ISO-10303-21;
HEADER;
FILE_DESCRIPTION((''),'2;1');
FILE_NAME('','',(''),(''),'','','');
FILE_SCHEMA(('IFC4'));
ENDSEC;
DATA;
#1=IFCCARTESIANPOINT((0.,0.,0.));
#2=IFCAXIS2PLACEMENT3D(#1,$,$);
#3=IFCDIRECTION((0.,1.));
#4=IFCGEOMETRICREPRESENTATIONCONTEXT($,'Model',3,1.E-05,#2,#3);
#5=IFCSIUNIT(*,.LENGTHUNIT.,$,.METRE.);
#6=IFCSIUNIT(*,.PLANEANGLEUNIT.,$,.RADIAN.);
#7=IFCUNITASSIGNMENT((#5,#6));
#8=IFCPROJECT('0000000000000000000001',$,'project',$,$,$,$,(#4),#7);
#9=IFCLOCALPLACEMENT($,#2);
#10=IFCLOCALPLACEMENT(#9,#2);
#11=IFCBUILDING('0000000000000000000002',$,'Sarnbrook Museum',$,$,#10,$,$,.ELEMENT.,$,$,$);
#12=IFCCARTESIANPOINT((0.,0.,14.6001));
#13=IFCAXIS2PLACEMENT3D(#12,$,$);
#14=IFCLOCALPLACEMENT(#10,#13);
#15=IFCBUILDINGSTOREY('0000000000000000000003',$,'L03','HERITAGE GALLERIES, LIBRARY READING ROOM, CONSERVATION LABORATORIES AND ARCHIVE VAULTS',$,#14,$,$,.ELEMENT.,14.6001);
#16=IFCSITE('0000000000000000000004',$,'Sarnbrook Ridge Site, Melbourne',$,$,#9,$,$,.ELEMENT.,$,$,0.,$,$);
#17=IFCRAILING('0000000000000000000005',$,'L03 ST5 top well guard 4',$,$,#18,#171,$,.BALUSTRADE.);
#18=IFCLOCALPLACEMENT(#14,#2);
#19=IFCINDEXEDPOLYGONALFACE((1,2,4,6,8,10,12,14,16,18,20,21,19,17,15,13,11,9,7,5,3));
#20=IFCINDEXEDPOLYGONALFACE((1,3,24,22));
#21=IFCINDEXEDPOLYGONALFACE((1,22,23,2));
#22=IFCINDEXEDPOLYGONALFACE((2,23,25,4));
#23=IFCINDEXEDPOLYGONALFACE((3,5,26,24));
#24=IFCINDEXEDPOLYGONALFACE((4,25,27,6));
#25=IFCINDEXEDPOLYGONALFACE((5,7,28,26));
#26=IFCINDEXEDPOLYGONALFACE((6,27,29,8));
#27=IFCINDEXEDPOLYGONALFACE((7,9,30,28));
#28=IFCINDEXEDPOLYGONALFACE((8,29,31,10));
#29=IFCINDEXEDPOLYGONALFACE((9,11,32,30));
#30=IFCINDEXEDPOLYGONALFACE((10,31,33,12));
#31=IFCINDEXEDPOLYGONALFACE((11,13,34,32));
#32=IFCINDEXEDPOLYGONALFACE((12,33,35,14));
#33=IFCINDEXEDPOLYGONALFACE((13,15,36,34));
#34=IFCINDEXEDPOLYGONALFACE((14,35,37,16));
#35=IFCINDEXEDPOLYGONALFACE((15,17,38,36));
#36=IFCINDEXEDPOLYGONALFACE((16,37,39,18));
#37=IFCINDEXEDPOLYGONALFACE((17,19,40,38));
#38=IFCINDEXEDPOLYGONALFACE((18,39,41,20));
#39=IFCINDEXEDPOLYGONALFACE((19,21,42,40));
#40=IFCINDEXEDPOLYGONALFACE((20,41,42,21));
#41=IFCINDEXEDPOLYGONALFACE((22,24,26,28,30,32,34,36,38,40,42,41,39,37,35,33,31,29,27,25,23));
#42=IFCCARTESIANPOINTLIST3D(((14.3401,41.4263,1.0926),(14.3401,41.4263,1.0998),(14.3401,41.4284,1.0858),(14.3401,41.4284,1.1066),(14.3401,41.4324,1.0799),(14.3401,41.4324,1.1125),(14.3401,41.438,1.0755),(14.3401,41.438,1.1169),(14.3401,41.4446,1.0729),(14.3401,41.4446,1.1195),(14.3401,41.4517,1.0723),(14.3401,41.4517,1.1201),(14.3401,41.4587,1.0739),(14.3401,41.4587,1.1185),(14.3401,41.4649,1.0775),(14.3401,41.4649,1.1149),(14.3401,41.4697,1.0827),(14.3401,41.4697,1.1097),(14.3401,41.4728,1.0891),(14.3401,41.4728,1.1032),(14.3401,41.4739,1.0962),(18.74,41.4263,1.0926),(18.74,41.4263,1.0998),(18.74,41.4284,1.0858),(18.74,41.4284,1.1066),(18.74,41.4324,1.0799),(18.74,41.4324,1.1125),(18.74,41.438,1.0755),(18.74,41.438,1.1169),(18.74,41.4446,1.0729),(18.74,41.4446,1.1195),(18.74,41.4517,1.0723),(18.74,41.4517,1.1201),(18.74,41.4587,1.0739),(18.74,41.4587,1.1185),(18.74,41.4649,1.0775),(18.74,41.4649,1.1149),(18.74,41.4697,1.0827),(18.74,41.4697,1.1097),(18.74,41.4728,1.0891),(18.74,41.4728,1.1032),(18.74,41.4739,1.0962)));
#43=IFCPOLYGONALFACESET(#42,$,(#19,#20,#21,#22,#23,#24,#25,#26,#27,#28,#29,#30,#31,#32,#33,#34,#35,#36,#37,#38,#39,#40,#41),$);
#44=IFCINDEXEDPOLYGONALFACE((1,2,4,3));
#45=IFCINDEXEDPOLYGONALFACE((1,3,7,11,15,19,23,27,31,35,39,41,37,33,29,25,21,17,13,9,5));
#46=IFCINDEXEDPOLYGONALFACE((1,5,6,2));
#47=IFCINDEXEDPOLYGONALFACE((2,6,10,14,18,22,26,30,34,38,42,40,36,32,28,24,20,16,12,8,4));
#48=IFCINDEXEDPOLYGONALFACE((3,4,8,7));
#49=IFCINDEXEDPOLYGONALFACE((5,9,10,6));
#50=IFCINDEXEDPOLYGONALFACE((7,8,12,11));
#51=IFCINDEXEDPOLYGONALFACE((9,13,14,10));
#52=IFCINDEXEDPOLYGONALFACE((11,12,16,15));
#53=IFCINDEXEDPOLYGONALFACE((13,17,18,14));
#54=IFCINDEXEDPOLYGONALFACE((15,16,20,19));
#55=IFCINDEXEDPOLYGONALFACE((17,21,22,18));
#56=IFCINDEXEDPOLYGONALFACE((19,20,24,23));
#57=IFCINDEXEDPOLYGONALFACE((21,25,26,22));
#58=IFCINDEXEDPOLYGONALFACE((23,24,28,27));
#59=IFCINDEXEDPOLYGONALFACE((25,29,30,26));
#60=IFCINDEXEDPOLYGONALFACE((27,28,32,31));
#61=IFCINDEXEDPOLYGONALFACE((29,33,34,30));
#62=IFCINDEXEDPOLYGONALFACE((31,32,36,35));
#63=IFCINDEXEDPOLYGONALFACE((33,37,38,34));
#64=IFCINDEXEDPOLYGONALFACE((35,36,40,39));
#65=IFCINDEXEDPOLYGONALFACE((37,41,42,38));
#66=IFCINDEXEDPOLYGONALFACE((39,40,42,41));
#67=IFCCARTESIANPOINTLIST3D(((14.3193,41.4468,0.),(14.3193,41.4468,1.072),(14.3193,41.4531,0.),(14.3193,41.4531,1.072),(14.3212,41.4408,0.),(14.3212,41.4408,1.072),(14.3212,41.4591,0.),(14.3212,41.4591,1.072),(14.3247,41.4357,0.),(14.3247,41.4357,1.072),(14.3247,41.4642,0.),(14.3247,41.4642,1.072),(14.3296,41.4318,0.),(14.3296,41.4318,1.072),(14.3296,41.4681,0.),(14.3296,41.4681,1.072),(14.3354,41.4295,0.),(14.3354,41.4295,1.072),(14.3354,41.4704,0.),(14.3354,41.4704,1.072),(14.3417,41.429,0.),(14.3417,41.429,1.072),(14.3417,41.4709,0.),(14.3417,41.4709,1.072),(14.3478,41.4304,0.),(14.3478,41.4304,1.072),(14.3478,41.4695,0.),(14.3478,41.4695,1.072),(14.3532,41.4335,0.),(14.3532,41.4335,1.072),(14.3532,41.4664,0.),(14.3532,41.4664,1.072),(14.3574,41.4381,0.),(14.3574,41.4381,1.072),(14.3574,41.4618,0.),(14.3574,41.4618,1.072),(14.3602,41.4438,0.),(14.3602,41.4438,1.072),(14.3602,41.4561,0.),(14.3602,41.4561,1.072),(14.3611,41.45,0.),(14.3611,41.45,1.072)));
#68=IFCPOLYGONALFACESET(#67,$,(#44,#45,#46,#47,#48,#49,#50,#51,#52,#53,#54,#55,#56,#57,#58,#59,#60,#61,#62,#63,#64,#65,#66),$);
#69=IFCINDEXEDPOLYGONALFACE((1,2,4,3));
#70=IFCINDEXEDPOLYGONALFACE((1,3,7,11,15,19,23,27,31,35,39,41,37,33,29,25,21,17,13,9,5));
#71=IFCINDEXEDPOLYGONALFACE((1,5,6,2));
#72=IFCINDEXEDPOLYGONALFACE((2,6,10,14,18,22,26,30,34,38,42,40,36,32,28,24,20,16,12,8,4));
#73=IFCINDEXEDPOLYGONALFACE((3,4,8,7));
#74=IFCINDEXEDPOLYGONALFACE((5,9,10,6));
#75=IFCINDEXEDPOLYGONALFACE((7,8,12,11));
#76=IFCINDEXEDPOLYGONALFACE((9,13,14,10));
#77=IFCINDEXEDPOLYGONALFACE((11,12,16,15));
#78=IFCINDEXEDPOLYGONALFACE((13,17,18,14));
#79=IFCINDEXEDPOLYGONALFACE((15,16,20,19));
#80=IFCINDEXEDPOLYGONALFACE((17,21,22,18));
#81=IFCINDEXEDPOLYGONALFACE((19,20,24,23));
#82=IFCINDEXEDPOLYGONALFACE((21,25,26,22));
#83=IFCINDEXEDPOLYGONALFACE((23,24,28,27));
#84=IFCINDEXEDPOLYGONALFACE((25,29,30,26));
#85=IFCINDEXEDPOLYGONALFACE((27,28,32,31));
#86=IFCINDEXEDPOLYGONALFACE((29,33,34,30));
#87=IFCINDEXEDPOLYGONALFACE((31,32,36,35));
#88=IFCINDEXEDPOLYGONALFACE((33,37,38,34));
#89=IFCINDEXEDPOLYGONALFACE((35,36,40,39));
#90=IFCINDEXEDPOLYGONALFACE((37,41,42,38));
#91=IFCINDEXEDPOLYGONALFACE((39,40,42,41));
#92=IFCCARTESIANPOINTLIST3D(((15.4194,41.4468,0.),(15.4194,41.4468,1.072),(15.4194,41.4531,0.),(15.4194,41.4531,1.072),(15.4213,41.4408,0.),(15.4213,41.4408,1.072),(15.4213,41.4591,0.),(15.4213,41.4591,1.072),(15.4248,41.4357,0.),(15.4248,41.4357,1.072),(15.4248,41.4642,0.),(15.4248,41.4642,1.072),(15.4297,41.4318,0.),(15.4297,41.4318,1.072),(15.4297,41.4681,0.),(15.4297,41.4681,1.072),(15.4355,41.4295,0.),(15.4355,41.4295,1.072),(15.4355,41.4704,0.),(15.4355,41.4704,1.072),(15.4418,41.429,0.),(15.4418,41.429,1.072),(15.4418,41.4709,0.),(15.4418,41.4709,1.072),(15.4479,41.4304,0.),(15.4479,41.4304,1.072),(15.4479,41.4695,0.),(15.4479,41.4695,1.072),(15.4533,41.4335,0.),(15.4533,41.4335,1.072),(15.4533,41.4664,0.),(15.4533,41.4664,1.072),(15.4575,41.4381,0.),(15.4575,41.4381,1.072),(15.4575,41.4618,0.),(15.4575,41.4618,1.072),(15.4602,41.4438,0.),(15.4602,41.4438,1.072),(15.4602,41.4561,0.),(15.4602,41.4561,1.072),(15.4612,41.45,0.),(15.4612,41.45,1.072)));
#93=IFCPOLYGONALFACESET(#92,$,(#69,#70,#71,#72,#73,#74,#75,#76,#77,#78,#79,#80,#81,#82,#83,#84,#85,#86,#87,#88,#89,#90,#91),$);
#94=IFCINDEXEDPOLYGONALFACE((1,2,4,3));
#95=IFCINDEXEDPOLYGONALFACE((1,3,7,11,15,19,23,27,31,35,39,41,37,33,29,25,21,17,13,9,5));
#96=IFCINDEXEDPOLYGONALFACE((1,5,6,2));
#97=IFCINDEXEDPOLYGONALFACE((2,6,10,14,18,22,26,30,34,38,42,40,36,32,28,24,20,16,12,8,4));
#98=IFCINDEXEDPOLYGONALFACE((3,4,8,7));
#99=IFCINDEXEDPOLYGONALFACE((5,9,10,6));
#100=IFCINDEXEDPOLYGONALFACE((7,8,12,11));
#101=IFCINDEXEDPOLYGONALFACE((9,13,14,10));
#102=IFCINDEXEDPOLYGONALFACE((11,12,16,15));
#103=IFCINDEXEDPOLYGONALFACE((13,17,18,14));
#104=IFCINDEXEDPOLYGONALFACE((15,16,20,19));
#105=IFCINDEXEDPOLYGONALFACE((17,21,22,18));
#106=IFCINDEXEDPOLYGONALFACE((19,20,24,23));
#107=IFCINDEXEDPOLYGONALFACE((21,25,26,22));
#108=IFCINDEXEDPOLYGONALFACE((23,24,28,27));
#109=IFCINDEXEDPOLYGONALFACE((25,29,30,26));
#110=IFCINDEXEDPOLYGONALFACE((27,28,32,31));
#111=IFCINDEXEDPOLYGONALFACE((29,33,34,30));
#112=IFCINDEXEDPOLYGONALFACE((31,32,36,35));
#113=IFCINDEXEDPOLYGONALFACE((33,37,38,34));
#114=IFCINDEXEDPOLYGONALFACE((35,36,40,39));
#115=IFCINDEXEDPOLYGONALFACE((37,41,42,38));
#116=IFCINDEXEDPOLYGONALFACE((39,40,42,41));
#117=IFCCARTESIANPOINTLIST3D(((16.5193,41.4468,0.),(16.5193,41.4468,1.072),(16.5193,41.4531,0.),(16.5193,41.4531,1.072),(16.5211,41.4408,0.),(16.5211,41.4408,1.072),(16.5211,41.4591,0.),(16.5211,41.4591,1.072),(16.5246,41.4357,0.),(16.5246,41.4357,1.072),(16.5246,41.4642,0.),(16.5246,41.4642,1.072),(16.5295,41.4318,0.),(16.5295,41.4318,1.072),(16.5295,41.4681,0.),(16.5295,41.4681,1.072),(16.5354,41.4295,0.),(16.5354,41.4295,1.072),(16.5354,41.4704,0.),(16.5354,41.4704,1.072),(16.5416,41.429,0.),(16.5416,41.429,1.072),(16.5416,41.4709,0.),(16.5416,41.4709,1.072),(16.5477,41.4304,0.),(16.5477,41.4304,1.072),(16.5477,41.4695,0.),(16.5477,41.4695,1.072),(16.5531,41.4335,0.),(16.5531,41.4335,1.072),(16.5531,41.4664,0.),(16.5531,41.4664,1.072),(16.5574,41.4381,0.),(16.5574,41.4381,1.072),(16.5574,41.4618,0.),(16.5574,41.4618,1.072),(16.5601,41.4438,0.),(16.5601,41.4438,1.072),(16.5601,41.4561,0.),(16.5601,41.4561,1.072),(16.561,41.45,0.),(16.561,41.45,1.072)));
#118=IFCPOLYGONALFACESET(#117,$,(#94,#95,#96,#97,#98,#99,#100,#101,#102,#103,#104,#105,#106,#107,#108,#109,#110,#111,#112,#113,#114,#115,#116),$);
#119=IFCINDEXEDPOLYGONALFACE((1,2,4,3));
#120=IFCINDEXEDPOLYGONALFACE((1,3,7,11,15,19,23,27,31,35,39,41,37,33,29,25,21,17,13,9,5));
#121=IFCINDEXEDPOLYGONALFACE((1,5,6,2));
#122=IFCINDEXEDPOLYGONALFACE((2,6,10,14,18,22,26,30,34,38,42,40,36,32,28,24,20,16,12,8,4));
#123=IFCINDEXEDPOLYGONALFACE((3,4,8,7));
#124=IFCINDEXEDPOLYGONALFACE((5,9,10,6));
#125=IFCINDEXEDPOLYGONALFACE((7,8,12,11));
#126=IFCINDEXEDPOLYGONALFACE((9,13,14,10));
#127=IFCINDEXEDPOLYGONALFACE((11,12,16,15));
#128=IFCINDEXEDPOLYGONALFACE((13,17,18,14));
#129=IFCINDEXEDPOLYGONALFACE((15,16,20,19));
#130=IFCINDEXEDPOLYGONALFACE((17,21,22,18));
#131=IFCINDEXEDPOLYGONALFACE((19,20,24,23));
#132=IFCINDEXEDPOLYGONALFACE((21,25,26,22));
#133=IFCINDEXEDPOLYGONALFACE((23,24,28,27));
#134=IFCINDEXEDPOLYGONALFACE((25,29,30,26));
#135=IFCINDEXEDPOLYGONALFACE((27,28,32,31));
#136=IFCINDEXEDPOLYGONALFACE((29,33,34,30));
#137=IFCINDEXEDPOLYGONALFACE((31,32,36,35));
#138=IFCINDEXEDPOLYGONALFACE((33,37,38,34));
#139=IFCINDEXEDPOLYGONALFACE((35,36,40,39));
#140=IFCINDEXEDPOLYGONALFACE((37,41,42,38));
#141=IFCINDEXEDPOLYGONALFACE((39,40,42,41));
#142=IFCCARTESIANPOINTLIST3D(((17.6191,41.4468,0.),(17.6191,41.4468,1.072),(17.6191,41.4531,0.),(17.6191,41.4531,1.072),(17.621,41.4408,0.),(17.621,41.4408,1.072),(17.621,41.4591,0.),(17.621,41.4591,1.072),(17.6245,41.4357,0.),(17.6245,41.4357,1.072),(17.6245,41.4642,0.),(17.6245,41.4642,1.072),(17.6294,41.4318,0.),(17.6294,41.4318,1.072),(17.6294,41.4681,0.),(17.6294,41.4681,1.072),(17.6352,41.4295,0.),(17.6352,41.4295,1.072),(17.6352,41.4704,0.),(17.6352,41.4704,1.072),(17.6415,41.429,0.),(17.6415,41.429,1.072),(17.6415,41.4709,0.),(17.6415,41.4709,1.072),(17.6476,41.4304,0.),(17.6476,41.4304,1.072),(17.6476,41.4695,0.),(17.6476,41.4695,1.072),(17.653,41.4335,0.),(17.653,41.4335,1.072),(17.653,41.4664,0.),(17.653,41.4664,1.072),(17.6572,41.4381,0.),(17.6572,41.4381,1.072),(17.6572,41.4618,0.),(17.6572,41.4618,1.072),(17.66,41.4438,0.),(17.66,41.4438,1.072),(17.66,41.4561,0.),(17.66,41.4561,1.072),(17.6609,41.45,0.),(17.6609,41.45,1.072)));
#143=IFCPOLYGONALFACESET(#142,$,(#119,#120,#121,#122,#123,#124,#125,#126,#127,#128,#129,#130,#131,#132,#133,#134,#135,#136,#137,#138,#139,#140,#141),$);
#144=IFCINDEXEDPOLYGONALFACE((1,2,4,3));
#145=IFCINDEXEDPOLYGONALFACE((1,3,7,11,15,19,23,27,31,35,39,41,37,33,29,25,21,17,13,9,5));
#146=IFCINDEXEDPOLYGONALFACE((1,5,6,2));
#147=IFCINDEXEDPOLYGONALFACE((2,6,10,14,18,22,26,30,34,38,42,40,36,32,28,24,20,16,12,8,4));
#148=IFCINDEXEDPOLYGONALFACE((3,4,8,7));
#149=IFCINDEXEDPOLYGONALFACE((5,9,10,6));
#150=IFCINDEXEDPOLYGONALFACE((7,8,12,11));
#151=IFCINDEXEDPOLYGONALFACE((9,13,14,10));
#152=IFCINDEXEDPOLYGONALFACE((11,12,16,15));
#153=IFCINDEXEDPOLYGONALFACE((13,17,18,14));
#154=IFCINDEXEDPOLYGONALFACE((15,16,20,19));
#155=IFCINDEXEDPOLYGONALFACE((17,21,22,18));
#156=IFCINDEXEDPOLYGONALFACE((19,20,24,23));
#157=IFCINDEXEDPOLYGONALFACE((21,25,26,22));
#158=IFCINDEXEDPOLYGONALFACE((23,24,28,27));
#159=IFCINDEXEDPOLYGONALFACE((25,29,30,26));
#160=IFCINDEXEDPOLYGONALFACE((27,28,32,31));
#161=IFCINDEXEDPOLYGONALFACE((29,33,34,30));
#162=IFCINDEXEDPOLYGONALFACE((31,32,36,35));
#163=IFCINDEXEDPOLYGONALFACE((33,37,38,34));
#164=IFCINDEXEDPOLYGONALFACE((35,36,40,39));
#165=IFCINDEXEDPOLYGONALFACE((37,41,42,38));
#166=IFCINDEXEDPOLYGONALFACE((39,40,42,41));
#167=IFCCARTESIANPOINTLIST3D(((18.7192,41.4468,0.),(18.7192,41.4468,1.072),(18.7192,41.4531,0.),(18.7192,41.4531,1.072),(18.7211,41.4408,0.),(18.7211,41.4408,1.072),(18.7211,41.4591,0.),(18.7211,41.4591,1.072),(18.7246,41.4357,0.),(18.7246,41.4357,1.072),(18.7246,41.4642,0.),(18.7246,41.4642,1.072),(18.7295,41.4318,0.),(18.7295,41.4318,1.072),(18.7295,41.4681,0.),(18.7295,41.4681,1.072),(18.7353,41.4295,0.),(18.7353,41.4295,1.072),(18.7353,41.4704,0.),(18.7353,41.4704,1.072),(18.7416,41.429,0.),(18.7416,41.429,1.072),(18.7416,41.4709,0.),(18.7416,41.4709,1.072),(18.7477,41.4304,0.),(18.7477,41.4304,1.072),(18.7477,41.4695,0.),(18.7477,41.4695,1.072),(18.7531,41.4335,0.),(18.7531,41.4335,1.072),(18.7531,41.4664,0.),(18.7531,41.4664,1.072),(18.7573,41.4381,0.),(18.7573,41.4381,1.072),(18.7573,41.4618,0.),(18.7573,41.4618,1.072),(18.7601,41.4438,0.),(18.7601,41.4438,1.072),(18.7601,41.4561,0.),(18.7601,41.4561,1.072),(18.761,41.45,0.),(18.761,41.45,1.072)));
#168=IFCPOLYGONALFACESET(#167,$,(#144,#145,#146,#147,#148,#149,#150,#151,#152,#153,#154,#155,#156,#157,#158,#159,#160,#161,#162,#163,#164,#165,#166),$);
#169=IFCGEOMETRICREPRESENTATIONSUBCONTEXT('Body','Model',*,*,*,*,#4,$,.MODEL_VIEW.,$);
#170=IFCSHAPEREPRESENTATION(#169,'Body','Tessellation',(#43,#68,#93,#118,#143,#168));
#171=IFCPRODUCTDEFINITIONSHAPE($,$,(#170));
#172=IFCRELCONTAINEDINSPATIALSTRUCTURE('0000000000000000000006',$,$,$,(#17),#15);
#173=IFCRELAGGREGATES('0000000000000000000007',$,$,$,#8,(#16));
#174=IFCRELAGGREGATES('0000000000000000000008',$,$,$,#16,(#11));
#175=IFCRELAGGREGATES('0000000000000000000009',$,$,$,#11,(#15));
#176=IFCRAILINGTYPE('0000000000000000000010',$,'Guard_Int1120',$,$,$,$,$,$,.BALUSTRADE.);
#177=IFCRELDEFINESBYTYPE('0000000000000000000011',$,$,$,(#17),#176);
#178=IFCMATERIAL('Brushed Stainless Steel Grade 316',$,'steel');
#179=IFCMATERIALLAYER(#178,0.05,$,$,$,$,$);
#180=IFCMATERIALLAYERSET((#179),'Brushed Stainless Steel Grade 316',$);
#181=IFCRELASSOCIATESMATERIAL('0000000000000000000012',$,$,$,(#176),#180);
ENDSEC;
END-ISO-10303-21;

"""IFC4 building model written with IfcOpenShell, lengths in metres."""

from ifc_helpers import new_model, si_unit, direction, frame, origin, origin_2d, place, context, subcontext, project, spatial, circle, extrude, material, layer, layer_set, type_object, element, save


model = new_model("IFC4")

# Units and contexts
model_context = context("Model", 3, precision=1e-05, world=origin(), true_north=direction((0.0, 1.0)))
body_context = subcontext(model_context, "Body", "Model", "MODEL_VIEW")
ifc_project = project(units=[si_unit("LENGTHUNIT", "METRE"), si_unit("PLANEANGLEUNIT", "RADIAN")], contexts=[model_context])

# Site, building, storey
site_placement = place(None, origin())
site = spatial("IfcSite", under=ifc_project, at=site_placement, Name="Sarnbrook Ridge Site, Melbourne", CompositionType="ELEMENT", RefElevation=0.0)
building_placement = place(site_placement, origin())
building = spatial("IfcBuilding", under=site, at=building_placement, Name="Sarnbrook Museum", CompositionType="ELEMENT")
storey_placement = place(building_placement, frame((0.0, 0.0, 14.6001)))
storey = spatial("IfcBuildingStorey", under=building, at=storey_placement, Name="L03", Description="HERITAGE GALLERIES, LIBRARY READING ROOM, CONSERVATION LABORATORIES AND ARCHIVE VAULTS", CompositionType="ELEMENT", Elevation=14.6001)

# Railing
ifc_material_1 = material(Name="Brushed Stainless Steel Grade 316", Category="steel")
ifc_layer_1 = layer(ifc_material_1, 0.05)
ifc_layer_set_1 = layer_set([ifc_layer_1], Name="Brushed Stainless Steel Grade 316")
railing_type = type_object("IfcRailingType", Name="Guard_Int1120", PredefinedType="BALUSTRADE", material=ifc_layer_set_1)
railing_1_placement = place(storey_placement, frame((14.3401, 41.45, 0.0)))
element("IfcRailing", 1, at=railing_1_placement, inside=storey, type_object=railing_type, Name="L03 ST5 top well guard 4", PredefinedType="BALUSTRADE", context=body_context, shape_type="SweptSolid", body=[
    extrude(circle(Radius=0.0239, at=origin_2d()), frame((0.0, 0.0, 1.0962), z_axis=(1.0, 0.0, 0.0), x_axis=(0.0, 1.0, 0.0)), (0.0, 0.0, 1.0), 4.3999),
    extrude(circle(Radius=0.021, at=origin_2d()), origin(), (0.0, 0.0, 1.0), 1.072),
    extrude(circle(Radius=0.021, at=origin_2d()), frame((1.1001, 0.0, 0.0)), (0.0, 0.0, 1.0), 1.072),
    extrude(circle(Radius=0.021, at=origin_2d()), frame((2.2, 0.0, 0.0)), (0.0, 0.0, 1.0), 1.072),
    extrude(circle(Radius=0.021, at=origin_2d()), frame((3.2998, 0.0, 0.0)), (0.0, 0.0, 1.0), 1.072),
    extrude(circle(Radius=0.021, at=origin_2d()), frame((4.3999, 0.0, 0.0)), (0.0, 0.0, 1.0), 1.072),
])

save(model, "model.ifc")
